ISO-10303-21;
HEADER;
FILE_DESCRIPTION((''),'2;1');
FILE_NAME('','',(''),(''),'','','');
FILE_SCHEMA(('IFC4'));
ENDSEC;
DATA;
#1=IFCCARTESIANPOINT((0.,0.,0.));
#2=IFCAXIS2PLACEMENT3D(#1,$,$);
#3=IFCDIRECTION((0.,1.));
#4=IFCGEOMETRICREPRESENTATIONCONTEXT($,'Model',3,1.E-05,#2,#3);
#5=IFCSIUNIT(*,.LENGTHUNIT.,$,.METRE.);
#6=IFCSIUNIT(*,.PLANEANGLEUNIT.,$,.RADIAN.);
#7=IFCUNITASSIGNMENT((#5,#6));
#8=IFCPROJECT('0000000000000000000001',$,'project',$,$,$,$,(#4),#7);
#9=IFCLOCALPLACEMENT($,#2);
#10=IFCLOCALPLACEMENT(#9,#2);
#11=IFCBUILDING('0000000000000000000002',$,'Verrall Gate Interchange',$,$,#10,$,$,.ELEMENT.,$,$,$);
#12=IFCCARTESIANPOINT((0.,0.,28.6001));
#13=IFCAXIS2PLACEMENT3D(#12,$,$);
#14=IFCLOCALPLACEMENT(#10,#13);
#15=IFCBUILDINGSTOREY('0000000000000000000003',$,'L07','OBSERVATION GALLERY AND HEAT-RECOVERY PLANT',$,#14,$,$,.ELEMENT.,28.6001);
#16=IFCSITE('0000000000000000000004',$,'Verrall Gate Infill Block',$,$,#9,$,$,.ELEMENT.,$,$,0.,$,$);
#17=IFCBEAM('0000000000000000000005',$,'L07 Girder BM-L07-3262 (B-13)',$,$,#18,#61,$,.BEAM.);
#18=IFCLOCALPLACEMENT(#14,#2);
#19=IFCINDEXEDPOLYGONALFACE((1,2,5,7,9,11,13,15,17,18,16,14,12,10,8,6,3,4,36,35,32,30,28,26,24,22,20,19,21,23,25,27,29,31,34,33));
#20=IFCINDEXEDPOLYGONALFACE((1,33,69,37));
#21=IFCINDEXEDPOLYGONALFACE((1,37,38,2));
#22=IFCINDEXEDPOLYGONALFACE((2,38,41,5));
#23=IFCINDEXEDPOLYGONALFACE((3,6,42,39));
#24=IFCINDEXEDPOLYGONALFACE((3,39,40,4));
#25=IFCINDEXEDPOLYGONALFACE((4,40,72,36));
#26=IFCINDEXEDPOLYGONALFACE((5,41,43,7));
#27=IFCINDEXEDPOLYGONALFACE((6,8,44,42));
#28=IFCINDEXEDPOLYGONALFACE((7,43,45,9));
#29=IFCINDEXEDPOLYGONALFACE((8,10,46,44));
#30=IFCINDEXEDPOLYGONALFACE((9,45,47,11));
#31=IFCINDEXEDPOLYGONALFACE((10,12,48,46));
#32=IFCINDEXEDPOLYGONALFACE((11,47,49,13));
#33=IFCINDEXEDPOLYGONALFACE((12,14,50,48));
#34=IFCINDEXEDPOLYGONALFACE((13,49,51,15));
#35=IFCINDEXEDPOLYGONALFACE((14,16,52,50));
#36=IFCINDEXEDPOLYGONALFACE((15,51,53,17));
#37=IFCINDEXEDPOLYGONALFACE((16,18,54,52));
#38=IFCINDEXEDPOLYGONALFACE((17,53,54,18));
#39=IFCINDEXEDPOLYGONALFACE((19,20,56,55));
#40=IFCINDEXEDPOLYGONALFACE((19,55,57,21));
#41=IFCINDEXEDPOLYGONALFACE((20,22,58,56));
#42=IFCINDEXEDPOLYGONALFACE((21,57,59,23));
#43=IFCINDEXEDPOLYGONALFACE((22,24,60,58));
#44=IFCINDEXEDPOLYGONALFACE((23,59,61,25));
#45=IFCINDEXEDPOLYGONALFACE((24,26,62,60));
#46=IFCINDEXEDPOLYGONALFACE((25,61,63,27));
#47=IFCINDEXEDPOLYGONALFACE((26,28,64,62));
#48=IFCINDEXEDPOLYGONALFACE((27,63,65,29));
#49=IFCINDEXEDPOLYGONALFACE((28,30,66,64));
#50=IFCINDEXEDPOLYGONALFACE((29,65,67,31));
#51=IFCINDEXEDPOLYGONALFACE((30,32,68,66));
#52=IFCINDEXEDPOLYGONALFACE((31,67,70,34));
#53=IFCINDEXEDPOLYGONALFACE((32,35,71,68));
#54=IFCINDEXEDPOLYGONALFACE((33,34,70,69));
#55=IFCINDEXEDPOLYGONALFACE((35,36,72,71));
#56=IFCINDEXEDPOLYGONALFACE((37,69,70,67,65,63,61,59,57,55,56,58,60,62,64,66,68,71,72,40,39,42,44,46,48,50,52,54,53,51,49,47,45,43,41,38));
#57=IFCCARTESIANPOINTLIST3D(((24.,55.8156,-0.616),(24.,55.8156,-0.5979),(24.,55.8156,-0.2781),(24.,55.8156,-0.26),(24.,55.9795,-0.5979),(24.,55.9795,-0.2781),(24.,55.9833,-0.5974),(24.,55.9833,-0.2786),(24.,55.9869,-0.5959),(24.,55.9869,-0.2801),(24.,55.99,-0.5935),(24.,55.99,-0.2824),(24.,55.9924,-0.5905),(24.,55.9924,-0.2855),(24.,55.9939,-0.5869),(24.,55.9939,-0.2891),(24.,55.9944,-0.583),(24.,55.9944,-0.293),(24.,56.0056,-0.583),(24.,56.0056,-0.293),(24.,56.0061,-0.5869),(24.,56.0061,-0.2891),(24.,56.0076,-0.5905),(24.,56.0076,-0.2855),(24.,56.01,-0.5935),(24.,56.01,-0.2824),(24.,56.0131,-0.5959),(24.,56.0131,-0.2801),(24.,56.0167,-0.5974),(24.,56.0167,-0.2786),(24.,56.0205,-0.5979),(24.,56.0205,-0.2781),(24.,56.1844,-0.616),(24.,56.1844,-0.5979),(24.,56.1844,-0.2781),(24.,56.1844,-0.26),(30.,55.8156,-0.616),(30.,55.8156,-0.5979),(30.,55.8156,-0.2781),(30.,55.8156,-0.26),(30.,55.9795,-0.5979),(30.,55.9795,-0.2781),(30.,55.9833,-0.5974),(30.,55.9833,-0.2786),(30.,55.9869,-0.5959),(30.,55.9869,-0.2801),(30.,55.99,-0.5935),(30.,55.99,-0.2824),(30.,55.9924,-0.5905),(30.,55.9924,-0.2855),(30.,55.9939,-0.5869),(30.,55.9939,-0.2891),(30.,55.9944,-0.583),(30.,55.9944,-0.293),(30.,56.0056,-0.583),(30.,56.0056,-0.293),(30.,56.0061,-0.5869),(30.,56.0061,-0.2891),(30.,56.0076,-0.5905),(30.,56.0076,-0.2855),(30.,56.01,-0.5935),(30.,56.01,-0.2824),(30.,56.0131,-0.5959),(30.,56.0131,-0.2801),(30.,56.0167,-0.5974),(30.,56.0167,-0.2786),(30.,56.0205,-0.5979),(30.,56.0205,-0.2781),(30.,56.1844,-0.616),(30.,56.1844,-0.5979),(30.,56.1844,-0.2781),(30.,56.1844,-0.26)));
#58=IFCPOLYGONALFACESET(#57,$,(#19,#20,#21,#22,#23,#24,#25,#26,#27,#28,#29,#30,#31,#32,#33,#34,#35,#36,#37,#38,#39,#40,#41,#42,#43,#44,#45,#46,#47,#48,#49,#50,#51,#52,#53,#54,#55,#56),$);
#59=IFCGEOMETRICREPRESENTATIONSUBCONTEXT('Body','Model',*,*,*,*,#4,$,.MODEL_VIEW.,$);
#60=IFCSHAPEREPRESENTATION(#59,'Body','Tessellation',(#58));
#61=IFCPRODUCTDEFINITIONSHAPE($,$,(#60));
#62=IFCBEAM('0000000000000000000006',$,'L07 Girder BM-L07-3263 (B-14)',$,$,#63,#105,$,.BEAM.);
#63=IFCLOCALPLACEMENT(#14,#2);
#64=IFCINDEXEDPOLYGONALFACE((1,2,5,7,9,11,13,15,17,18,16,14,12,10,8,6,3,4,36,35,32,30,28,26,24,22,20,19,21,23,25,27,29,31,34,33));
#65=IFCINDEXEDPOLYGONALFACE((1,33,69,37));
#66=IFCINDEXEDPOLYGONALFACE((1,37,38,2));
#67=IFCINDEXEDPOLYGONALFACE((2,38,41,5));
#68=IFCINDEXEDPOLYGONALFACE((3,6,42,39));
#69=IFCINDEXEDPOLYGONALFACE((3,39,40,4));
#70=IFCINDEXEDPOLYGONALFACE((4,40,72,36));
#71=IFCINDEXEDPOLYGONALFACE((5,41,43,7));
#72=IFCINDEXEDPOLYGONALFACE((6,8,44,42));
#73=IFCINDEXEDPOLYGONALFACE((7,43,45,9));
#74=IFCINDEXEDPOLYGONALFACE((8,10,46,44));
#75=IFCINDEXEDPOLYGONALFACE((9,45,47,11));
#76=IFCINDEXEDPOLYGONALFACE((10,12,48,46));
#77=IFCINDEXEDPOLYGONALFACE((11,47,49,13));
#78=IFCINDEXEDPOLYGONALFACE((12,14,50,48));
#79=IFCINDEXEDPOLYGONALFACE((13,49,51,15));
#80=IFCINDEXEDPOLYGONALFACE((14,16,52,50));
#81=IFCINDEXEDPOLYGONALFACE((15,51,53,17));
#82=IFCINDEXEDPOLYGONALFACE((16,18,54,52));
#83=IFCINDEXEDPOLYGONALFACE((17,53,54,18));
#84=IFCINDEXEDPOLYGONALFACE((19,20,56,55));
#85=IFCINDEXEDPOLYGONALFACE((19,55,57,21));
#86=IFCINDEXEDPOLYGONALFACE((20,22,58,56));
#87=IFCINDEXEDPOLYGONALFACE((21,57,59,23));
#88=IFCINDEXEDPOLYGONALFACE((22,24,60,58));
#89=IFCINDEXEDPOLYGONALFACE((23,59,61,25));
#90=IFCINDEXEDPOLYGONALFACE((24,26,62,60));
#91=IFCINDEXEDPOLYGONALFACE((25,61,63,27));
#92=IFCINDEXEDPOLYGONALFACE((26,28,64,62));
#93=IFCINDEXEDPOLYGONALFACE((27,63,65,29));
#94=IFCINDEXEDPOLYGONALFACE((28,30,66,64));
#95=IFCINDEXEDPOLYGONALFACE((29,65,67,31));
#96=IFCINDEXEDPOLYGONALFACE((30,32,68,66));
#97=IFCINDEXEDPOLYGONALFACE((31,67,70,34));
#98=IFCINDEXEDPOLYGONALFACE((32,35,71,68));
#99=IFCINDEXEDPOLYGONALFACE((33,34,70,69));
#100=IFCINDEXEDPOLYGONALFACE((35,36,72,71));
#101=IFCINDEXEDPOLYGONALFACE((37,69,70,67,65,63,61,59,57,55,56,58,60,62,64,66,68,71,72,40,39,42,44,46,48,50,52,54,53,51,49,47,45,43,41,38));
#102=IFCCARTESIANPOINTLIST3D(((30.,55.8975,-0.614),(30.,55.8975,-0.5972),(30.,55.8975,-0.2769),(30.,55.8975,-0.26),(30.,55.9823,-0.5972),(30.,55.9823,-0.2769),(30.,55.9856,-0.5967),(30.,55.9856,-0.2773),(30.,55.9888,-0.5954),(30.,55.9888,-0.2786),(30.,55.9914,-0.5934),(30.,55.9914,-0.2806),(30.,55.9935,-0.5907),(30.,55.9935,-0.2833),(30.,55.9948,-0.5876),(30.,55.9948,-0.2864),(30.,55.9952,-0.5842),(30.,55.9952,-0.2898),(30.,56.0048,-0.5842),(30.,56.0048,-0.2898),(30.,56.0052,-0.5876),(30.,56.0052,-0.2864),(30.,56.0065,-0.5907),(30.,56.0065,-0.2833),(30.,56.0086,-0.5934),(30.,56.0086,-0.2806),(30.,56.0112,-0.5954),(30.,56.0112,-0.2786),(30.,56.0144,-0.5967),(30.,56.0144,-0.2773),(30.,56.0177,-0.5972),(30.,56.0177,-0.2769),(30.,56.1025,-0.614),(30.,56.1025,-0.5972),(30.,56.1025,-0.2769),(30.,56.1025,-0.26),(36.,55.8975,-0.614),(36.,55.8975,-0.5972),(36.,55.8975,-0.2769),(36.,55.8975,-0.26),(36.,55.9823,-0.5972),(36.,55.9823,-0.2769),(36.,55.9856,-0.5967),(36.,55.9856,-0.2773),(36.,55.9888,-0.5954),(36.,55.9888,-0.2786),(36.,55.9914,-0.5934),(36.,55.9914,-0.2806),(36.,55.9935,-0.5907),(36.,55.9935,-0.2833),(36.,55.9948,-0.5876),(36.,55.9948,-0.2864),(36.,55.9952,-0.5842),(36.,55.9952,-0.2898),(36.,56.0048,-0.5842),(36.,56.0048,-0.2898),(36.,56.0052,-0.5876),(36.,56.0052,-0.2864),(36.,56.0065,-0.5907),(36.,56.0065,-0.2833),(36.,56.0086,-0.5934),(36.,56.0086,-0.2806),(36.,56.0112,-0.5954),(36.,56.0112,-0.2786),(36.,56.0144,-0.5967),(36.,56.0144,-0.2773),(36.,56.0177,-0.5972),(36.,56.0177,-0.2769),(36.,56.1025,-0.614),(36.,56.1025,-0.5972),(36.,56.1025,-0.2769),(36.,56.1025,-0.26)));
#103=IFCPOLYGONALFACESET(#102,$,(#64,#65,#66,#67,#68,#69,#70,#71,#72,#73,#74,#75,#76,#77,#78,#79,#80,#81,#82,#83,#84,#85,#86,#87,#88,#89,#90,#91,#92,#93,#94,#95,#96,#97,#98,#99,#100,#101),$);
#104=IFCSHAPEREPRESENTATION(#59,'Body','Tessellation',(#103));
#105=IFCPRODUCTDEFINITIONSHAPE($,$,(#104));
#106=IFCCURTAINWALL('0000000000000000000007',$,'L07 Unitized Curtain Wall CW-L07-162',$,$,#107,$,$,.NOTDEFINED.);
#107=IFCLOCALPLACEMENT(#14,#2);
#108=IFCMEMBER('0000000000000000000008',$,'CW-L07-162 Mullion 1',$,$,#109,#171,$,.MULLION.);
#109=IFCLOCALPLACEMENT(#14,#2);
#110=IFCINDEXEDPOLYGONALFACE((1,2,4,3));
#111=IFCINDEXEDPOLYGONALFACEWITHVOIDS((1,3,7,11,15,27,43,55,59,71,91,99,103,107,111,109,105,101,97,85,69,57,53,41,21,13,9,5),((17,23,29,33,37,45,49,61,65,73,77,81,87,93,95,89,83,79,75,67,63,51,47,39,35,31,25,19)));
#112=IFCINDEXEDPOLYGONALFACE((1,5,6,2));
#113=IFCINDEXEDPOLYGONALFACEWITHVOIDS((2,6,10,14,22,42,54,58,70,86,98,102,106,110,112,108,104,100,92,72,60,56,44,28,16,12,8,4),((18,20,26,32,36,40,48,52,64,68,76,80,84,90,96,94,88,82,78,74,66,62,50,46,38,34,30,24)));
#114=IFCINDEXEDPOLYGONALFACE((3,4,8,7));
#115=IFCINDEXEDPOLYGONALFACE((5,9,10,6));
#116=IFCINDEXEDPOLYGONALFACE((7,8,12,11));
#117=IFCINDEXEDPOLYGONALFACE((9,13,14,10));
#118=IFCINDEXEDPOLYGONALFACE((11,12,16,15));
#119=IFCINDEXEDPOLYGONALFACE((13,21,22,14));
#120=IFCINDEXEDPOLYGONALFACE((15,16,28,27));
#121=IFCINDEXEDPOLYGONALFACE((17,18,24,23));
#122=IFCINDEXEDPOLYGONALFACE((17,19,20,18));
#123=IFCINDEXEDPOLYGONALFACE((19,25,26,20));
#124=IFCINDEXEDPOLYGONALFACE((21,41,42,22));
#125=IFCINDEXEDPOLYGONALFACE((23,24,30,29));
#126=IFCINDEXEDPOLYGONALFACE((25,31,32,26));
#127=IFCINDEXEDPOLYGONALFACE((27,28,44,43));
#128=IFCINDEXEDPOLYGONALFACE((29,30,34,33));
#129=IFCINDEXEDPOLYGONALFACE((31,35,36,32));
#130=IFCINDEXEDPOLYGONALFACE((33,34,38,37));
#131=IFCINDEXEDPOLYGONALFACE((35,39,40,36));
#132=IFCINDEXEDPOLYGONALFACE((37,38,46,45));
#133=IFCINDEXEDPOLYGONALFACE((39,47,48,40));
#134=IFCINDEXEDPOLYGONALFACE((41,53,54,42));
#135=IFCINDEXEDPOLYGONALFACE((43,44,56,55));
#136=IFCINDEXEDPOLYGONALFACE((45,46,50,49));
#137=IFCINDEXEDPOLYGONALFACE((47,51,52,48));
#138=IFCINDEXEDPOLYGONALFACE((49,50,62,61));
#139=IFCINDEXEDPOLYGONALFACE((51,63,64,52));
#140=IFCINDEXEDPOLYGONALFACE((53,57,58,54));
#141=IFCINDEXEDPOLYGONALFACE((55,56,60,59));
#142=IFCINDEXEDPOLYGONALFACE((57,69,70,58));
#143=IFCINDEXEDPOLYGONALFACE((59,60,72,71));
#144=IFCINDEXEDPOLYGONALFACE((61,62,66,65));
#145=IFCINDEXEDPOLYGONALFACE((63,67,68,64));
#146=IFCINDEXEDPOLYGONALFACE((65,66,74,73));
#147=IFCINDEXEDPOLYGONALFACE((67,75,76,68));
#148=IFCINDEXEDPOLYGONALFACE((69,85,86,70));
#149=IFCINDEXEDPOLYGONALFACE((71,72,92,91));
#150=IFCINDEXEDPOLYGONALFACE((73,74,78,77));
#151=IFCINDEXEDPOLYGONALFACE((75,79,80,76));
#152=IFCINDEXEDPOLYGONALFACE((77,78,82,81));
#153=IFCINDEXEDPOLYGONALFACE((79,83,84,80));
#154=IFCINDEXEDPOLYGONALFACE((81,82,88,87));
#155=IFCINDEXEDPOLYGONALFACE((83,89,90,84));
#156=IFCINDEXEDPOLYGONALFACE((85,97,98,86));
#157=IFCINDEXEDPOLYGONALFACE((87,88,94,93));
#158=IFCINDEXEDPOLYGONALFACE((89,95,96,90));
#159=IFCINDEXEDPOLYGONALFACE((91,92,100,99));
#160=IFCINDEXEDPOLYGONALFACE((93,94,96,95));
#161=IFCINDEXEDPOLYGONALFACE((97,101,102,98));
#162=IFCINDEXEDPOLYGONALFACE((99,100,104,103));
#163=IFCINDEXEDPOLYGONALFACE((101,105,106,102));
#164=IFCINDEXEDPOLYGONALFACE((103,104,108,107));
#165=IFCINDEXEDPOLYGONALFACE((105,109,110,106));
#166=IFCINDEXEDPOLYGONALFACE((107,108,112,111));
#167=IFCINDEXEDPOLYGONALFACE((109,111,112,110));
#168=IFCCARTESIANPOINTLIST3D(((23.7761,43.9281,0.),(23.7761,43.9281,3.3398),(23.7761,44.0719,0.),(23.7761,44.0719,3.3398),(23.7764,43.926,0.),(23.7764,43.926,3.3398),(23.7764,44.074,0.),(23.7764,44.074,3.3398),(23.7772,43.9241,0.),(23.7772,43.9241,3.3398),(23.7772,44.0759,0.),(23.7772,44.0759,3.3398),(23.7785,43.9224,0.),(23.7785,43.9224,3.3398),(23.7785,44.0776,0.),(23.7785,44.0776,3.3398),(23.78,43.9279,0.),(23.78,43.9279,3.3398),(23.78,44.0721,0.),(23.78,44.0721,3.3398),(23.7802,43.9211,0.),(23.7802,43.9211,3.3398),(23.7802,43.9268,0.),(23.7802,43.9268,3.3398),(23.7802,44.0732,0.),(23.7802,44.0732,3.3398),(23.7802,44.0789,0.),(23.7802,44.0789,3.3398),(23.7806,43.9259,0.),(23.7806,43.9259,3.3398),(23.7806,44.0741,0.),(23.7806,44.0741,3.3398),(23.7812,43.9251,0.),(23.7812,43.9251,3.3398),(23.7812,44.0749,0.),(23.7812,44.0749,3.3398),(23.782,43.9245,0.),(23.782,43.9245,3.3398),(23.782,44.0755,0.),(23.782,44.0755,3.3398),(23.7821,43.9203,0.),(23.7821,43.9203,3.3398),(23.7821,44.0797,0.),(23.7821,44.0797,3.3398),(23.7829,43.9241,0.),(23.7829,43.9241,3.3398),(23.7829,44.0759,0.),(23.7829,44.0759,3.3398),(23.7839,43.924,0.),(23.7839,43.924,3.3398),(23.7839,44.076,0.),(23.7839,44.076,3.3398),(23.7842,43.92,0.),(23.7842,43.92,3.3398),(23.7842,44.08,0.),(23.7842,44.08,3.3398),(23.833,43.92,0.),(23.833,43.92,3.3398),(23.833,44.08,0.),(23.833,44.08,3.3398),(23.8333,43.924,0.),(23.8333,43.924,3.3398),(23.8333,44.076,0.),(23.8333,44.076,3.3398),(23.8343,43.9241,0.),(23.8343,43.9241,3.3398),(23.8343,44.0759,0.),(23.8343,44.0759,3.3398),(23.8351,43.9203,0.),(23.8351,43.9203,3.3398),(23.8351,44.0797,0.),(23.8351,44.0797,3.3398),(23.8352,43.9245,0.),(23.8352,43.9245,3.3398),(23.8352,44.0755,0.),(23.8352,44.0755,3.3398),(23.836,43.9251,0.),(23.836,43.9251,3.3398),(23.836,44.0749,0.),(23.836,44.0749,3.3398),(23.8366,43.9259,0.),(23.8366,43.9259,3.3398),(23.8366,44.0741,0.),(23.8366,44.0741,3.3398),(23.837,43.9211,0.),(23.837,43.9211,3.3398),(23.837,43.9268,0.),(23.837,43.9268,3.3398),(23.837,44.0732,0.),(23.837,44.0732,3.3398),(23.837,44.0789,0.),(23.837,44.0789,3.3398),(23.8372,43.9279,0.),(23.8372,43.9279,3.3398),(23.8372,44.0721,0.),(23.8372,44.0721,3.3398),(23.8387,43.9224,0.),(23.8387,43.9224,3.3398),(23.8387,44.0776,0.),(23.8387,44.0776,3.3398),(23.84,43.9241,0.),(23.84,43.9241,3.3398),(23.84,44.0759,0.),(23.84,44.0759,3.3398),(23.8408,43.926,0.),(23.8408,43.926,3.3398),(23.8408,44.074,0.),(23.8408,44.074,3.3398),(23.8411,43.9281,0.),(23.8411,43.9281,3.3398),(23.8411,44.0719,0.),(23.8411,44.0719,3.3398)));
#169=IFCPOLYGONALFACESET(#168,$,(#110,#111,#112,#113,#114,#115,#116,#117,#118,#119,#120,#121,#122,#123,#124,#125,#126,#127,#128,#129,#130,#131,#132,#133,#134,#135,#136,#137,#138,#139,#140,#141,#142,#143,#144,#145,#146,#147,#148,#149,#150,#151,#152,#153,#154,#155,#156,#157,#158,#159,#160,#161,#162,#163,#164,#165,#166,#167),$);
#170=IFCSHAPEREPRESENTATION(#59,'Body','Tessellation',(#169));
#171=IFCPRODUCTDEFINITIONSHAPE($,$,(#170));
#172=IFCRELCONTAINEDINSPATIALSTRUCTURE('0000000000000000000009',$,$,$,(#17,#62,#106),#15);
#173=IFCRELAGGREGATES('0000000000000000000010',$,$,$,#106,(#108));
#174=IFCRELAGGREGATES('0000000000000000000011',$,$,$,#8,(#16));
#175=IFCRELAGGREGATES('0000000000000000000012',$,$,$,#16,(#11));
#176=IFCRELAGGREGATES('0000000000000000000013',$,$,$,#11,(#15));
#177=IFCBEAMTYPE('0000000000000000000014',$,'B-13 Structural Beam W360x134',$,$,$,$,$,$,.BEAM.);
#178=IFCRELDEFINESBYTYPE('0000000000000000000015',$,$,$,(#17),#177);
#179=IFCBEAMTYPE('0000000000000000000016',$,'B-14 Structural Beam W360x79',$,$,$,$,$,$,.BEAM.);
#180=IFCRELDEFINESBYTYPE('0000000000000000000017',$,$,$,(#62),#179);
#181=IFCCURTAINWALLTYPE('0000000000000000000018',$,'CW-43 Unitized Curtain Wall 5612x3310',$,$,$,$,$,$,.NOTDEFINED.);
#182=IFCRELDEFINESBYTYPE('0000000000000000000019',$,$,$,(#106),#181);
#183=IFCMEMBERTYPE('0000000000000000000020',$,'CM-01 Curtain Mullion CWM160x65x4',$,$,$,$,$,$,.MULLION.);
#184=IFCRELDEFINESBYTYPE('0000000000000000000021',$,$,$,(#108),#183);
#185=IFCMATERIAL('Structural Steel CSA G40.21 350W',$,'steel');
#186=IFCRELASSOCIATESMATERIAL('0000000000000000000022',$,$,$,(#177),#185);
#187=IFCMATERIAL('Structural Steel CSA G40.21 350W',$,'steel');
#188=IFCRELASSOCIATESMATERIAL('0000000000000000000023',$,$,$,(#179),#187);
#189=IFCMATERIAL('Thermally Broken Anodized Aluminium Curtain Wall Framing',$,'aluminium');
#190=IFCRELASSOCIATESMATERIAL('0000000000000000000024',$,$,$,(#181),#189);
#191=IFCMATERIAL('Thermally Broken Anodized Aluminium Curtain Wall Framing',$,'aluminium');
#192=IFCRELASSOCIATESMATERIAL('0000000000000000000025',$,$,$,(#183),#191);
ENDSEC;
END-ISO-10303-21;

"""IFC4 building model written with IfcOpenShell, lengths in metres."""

from ifc_helpers import new_model, si_unit, direction, frame, origin, origin_2d, place, context, subcontext, project, spatial, hollow_rectangle, i_section, extrude, material, material_profile, profile_set, type_object, element, aggregate, save


model = new_model("IFC4")

# Units and contexts
model_context = context("Model", 3, precision=1e-05, world=origin(), true_north=direction((0.0, 1.0)))
body_context = subcontext(model_context, "Body", "Model", "MODEL_VIEW")
ifc_project = project(units=[si_unit("LENGTHUNIT", "METRE"), si_unit("PLANEANGLEUNIT", "RADIAN")], contexts=[model_context])

# Site, building, storey
site_placement = place(None, origin())
site = spatial("IfcSite", under=ifc_project, at=site_placement, Name="Verrall Gate Infill Block", CompositionType="ELEMENT", RefElevation=0.0)
building_placement = place(site_placement, origin())
building = spatial("IfcBuilding", under=site, at=building_placement, Name="Verrall Gate Interchange", CompositionType="ELEMENT")
storey_placement = place(building_placement, frame((0.0, 0.0, 28.6001)))
storey = spatial("IfcBuildingStorey", under=building, at=storey_placement, Name="L07", Description="OBSERVATION GALLERY AND HEAT-RECOVERY PLANT", CompositionType="ELEMENT", Elevation=28.6001)

# Beams
ifc_material_1 = material(Name="Structural Steel CSA G40.21 350W", Category="steel")
ifc_material_profile_1 = material_profile(ifc_material_1, i_section(OverallWidth=0.3689, OverallDepth=0.356, WebThickness=0.0112, FlangeThickness=0.0181, FilletRadius=0.0149, at=origin_2d()), Name="W360x134")
ifc_profile_set_1 = profile_set([ifc_material_profile_1], Name="Structural Steel CSA G40.21 350W")
beam_type_1 = type_object("IfcBeamType", Name="B-13 Structural Beam W360x134", PredefinedType="BEAM", material=ifc_profile_set_1)
beam_1_placement = place(storey_placement, frame((24.0, 56.0, -0.438), z_axis=(1.0, 0.0, 0.0), x_axis=(0.0, 1.0, 0.0)))
element("IfcBeam", 1, at=beam_1_placement, inside=storey, type_object=beam_type_1, Name="L07 Girder BM-L07-3262 (B-13)", PredefinedType="BEAM", context=body_context, shape_type="SweptSolid", body=[
    extrude(i_section(OverallWidth=0.3689, OverallDepth=0.356, WebThickness=0.0112, FlangeThickness=0.0181, FilletRadius=0.0149, at=origin_2d()), origin(), (0.0, 0.0, 1.0), 6.0),
])
ifc_material_2 = material(Name="Structural Steel CSA G40.21 350W", Category="steel")
ifc_material_profile_2 = material_profile(ifc_material_2, i_section(OverallWidth=0.2051, OverallDepth=0.354, WebThickness=0.0095, FlangeThickness=0.0168, FilletRadius=0.0129, at=origin_2d()), Name="W360x79")
ifc_profile_set_2 = profile_set([ifc_material_profile_2], Name="Structural Steel CSA G40.21 350W")
beam_type_2 = type_object("IfcBeamType", Name="B-14 Structural Beam W360x79", PredefinedType="BEAM", material=ifc_profile_set_2)
beam_2_placement = place(storey_placement, frame((30.0, 56.0, -0.437), z_axis=(1.0, 0.0, 0.0), x_axis=(0.0, 1.0, 0.0)))
element("IfcBeam", 2, at=beam_2_placement, inside=storey, type_object=beam_type_2, Name="L07 Girder BM-L07-3263 (B-14)", PredefinedType="BEAM", context=body_context, shape_type="SweptSolid", body=[
    extrude(i_section(OverallWidth=0.2051, OverallDepth=0.354, WebThickness=0.0095, FlangeThickness=0.0168, FilletRadius=0.0129, at=origin_2d()), origin(), (0.0, 0.0, 1.0), 6.0),
])

# Curtain wall, member
ifc_material_3 = material(Name="Thermally Broken Anodized Aluminium Curtain Wall Framing", Category="aluminium")
curtain_wall_type = type_object("IfcCurtainWallType", Name="CW-43 Unitized Curtain Wall 5612x3310", PredefinedType="NOTDEFINED", material=ifc_material_3)
curtain_wall_placement = place(storey_placement, origin())
curtain_wall = element("IfcCurtainWall", 3, at=curtain_wall_placement, inside=storey, type_object=curtain_wall_type, Name="L07 Unitized Curtain Wall CW-L07-162", PredefinedType="NOTDEFINED")
ifc_material_4 = material(Name="Thermally Broken Anodized Aluminium Curtain Wall Framing", Category="aluminium")
ifc_material_profile_3 = material_profile(ifc_material_4, hollow_rectangle(XDim=0.0649, YDim=0.1599, WallThickness=0.0039, InnerFilletRadius=0.0039, OuterFilletRadius=0.0081, at=origin_2d()), Name="CWM160x65x4")
ifc_profile_set_3 = profile_set([ifc_material_profile_3], Name="Thermally Broken Anodized Aluminium Curtain Wall Framing")
member_type_1 = type_object("IfcMemberType", Name="CM-01 Curtain Mullion CWM160x65x4", PredefinedType="MULLION", material=ifc_profile_set_3)
member_1_placement = place(storey_placement, frame((23.8086, 44.0, 0.0), z_axis=(0.0, 0.0, 1.0), x_axis=(-1.0, 0.0, 0.0)))
member_1 = element("IfcMember", 4, at=member_1_placement, type_object=member_type_1, Name="CW-L07-162 Mullion 1", PredefinedType="MULLION", context=body_context, shape_type="SweptSolid", body=[
    extrude(hollow_rectangle(XDim=0.0649, YDim=0.1599, WallThickness=0.0039, InnerFilletRadius=0.0039, OuterFilletRadius=0.0081, at=origin_2d()), origin(), (0.0, 0.0, 1.0), 3.3398),
])

aggregate(curtain_wall, [member_1])

save(model, "model.ifc")
